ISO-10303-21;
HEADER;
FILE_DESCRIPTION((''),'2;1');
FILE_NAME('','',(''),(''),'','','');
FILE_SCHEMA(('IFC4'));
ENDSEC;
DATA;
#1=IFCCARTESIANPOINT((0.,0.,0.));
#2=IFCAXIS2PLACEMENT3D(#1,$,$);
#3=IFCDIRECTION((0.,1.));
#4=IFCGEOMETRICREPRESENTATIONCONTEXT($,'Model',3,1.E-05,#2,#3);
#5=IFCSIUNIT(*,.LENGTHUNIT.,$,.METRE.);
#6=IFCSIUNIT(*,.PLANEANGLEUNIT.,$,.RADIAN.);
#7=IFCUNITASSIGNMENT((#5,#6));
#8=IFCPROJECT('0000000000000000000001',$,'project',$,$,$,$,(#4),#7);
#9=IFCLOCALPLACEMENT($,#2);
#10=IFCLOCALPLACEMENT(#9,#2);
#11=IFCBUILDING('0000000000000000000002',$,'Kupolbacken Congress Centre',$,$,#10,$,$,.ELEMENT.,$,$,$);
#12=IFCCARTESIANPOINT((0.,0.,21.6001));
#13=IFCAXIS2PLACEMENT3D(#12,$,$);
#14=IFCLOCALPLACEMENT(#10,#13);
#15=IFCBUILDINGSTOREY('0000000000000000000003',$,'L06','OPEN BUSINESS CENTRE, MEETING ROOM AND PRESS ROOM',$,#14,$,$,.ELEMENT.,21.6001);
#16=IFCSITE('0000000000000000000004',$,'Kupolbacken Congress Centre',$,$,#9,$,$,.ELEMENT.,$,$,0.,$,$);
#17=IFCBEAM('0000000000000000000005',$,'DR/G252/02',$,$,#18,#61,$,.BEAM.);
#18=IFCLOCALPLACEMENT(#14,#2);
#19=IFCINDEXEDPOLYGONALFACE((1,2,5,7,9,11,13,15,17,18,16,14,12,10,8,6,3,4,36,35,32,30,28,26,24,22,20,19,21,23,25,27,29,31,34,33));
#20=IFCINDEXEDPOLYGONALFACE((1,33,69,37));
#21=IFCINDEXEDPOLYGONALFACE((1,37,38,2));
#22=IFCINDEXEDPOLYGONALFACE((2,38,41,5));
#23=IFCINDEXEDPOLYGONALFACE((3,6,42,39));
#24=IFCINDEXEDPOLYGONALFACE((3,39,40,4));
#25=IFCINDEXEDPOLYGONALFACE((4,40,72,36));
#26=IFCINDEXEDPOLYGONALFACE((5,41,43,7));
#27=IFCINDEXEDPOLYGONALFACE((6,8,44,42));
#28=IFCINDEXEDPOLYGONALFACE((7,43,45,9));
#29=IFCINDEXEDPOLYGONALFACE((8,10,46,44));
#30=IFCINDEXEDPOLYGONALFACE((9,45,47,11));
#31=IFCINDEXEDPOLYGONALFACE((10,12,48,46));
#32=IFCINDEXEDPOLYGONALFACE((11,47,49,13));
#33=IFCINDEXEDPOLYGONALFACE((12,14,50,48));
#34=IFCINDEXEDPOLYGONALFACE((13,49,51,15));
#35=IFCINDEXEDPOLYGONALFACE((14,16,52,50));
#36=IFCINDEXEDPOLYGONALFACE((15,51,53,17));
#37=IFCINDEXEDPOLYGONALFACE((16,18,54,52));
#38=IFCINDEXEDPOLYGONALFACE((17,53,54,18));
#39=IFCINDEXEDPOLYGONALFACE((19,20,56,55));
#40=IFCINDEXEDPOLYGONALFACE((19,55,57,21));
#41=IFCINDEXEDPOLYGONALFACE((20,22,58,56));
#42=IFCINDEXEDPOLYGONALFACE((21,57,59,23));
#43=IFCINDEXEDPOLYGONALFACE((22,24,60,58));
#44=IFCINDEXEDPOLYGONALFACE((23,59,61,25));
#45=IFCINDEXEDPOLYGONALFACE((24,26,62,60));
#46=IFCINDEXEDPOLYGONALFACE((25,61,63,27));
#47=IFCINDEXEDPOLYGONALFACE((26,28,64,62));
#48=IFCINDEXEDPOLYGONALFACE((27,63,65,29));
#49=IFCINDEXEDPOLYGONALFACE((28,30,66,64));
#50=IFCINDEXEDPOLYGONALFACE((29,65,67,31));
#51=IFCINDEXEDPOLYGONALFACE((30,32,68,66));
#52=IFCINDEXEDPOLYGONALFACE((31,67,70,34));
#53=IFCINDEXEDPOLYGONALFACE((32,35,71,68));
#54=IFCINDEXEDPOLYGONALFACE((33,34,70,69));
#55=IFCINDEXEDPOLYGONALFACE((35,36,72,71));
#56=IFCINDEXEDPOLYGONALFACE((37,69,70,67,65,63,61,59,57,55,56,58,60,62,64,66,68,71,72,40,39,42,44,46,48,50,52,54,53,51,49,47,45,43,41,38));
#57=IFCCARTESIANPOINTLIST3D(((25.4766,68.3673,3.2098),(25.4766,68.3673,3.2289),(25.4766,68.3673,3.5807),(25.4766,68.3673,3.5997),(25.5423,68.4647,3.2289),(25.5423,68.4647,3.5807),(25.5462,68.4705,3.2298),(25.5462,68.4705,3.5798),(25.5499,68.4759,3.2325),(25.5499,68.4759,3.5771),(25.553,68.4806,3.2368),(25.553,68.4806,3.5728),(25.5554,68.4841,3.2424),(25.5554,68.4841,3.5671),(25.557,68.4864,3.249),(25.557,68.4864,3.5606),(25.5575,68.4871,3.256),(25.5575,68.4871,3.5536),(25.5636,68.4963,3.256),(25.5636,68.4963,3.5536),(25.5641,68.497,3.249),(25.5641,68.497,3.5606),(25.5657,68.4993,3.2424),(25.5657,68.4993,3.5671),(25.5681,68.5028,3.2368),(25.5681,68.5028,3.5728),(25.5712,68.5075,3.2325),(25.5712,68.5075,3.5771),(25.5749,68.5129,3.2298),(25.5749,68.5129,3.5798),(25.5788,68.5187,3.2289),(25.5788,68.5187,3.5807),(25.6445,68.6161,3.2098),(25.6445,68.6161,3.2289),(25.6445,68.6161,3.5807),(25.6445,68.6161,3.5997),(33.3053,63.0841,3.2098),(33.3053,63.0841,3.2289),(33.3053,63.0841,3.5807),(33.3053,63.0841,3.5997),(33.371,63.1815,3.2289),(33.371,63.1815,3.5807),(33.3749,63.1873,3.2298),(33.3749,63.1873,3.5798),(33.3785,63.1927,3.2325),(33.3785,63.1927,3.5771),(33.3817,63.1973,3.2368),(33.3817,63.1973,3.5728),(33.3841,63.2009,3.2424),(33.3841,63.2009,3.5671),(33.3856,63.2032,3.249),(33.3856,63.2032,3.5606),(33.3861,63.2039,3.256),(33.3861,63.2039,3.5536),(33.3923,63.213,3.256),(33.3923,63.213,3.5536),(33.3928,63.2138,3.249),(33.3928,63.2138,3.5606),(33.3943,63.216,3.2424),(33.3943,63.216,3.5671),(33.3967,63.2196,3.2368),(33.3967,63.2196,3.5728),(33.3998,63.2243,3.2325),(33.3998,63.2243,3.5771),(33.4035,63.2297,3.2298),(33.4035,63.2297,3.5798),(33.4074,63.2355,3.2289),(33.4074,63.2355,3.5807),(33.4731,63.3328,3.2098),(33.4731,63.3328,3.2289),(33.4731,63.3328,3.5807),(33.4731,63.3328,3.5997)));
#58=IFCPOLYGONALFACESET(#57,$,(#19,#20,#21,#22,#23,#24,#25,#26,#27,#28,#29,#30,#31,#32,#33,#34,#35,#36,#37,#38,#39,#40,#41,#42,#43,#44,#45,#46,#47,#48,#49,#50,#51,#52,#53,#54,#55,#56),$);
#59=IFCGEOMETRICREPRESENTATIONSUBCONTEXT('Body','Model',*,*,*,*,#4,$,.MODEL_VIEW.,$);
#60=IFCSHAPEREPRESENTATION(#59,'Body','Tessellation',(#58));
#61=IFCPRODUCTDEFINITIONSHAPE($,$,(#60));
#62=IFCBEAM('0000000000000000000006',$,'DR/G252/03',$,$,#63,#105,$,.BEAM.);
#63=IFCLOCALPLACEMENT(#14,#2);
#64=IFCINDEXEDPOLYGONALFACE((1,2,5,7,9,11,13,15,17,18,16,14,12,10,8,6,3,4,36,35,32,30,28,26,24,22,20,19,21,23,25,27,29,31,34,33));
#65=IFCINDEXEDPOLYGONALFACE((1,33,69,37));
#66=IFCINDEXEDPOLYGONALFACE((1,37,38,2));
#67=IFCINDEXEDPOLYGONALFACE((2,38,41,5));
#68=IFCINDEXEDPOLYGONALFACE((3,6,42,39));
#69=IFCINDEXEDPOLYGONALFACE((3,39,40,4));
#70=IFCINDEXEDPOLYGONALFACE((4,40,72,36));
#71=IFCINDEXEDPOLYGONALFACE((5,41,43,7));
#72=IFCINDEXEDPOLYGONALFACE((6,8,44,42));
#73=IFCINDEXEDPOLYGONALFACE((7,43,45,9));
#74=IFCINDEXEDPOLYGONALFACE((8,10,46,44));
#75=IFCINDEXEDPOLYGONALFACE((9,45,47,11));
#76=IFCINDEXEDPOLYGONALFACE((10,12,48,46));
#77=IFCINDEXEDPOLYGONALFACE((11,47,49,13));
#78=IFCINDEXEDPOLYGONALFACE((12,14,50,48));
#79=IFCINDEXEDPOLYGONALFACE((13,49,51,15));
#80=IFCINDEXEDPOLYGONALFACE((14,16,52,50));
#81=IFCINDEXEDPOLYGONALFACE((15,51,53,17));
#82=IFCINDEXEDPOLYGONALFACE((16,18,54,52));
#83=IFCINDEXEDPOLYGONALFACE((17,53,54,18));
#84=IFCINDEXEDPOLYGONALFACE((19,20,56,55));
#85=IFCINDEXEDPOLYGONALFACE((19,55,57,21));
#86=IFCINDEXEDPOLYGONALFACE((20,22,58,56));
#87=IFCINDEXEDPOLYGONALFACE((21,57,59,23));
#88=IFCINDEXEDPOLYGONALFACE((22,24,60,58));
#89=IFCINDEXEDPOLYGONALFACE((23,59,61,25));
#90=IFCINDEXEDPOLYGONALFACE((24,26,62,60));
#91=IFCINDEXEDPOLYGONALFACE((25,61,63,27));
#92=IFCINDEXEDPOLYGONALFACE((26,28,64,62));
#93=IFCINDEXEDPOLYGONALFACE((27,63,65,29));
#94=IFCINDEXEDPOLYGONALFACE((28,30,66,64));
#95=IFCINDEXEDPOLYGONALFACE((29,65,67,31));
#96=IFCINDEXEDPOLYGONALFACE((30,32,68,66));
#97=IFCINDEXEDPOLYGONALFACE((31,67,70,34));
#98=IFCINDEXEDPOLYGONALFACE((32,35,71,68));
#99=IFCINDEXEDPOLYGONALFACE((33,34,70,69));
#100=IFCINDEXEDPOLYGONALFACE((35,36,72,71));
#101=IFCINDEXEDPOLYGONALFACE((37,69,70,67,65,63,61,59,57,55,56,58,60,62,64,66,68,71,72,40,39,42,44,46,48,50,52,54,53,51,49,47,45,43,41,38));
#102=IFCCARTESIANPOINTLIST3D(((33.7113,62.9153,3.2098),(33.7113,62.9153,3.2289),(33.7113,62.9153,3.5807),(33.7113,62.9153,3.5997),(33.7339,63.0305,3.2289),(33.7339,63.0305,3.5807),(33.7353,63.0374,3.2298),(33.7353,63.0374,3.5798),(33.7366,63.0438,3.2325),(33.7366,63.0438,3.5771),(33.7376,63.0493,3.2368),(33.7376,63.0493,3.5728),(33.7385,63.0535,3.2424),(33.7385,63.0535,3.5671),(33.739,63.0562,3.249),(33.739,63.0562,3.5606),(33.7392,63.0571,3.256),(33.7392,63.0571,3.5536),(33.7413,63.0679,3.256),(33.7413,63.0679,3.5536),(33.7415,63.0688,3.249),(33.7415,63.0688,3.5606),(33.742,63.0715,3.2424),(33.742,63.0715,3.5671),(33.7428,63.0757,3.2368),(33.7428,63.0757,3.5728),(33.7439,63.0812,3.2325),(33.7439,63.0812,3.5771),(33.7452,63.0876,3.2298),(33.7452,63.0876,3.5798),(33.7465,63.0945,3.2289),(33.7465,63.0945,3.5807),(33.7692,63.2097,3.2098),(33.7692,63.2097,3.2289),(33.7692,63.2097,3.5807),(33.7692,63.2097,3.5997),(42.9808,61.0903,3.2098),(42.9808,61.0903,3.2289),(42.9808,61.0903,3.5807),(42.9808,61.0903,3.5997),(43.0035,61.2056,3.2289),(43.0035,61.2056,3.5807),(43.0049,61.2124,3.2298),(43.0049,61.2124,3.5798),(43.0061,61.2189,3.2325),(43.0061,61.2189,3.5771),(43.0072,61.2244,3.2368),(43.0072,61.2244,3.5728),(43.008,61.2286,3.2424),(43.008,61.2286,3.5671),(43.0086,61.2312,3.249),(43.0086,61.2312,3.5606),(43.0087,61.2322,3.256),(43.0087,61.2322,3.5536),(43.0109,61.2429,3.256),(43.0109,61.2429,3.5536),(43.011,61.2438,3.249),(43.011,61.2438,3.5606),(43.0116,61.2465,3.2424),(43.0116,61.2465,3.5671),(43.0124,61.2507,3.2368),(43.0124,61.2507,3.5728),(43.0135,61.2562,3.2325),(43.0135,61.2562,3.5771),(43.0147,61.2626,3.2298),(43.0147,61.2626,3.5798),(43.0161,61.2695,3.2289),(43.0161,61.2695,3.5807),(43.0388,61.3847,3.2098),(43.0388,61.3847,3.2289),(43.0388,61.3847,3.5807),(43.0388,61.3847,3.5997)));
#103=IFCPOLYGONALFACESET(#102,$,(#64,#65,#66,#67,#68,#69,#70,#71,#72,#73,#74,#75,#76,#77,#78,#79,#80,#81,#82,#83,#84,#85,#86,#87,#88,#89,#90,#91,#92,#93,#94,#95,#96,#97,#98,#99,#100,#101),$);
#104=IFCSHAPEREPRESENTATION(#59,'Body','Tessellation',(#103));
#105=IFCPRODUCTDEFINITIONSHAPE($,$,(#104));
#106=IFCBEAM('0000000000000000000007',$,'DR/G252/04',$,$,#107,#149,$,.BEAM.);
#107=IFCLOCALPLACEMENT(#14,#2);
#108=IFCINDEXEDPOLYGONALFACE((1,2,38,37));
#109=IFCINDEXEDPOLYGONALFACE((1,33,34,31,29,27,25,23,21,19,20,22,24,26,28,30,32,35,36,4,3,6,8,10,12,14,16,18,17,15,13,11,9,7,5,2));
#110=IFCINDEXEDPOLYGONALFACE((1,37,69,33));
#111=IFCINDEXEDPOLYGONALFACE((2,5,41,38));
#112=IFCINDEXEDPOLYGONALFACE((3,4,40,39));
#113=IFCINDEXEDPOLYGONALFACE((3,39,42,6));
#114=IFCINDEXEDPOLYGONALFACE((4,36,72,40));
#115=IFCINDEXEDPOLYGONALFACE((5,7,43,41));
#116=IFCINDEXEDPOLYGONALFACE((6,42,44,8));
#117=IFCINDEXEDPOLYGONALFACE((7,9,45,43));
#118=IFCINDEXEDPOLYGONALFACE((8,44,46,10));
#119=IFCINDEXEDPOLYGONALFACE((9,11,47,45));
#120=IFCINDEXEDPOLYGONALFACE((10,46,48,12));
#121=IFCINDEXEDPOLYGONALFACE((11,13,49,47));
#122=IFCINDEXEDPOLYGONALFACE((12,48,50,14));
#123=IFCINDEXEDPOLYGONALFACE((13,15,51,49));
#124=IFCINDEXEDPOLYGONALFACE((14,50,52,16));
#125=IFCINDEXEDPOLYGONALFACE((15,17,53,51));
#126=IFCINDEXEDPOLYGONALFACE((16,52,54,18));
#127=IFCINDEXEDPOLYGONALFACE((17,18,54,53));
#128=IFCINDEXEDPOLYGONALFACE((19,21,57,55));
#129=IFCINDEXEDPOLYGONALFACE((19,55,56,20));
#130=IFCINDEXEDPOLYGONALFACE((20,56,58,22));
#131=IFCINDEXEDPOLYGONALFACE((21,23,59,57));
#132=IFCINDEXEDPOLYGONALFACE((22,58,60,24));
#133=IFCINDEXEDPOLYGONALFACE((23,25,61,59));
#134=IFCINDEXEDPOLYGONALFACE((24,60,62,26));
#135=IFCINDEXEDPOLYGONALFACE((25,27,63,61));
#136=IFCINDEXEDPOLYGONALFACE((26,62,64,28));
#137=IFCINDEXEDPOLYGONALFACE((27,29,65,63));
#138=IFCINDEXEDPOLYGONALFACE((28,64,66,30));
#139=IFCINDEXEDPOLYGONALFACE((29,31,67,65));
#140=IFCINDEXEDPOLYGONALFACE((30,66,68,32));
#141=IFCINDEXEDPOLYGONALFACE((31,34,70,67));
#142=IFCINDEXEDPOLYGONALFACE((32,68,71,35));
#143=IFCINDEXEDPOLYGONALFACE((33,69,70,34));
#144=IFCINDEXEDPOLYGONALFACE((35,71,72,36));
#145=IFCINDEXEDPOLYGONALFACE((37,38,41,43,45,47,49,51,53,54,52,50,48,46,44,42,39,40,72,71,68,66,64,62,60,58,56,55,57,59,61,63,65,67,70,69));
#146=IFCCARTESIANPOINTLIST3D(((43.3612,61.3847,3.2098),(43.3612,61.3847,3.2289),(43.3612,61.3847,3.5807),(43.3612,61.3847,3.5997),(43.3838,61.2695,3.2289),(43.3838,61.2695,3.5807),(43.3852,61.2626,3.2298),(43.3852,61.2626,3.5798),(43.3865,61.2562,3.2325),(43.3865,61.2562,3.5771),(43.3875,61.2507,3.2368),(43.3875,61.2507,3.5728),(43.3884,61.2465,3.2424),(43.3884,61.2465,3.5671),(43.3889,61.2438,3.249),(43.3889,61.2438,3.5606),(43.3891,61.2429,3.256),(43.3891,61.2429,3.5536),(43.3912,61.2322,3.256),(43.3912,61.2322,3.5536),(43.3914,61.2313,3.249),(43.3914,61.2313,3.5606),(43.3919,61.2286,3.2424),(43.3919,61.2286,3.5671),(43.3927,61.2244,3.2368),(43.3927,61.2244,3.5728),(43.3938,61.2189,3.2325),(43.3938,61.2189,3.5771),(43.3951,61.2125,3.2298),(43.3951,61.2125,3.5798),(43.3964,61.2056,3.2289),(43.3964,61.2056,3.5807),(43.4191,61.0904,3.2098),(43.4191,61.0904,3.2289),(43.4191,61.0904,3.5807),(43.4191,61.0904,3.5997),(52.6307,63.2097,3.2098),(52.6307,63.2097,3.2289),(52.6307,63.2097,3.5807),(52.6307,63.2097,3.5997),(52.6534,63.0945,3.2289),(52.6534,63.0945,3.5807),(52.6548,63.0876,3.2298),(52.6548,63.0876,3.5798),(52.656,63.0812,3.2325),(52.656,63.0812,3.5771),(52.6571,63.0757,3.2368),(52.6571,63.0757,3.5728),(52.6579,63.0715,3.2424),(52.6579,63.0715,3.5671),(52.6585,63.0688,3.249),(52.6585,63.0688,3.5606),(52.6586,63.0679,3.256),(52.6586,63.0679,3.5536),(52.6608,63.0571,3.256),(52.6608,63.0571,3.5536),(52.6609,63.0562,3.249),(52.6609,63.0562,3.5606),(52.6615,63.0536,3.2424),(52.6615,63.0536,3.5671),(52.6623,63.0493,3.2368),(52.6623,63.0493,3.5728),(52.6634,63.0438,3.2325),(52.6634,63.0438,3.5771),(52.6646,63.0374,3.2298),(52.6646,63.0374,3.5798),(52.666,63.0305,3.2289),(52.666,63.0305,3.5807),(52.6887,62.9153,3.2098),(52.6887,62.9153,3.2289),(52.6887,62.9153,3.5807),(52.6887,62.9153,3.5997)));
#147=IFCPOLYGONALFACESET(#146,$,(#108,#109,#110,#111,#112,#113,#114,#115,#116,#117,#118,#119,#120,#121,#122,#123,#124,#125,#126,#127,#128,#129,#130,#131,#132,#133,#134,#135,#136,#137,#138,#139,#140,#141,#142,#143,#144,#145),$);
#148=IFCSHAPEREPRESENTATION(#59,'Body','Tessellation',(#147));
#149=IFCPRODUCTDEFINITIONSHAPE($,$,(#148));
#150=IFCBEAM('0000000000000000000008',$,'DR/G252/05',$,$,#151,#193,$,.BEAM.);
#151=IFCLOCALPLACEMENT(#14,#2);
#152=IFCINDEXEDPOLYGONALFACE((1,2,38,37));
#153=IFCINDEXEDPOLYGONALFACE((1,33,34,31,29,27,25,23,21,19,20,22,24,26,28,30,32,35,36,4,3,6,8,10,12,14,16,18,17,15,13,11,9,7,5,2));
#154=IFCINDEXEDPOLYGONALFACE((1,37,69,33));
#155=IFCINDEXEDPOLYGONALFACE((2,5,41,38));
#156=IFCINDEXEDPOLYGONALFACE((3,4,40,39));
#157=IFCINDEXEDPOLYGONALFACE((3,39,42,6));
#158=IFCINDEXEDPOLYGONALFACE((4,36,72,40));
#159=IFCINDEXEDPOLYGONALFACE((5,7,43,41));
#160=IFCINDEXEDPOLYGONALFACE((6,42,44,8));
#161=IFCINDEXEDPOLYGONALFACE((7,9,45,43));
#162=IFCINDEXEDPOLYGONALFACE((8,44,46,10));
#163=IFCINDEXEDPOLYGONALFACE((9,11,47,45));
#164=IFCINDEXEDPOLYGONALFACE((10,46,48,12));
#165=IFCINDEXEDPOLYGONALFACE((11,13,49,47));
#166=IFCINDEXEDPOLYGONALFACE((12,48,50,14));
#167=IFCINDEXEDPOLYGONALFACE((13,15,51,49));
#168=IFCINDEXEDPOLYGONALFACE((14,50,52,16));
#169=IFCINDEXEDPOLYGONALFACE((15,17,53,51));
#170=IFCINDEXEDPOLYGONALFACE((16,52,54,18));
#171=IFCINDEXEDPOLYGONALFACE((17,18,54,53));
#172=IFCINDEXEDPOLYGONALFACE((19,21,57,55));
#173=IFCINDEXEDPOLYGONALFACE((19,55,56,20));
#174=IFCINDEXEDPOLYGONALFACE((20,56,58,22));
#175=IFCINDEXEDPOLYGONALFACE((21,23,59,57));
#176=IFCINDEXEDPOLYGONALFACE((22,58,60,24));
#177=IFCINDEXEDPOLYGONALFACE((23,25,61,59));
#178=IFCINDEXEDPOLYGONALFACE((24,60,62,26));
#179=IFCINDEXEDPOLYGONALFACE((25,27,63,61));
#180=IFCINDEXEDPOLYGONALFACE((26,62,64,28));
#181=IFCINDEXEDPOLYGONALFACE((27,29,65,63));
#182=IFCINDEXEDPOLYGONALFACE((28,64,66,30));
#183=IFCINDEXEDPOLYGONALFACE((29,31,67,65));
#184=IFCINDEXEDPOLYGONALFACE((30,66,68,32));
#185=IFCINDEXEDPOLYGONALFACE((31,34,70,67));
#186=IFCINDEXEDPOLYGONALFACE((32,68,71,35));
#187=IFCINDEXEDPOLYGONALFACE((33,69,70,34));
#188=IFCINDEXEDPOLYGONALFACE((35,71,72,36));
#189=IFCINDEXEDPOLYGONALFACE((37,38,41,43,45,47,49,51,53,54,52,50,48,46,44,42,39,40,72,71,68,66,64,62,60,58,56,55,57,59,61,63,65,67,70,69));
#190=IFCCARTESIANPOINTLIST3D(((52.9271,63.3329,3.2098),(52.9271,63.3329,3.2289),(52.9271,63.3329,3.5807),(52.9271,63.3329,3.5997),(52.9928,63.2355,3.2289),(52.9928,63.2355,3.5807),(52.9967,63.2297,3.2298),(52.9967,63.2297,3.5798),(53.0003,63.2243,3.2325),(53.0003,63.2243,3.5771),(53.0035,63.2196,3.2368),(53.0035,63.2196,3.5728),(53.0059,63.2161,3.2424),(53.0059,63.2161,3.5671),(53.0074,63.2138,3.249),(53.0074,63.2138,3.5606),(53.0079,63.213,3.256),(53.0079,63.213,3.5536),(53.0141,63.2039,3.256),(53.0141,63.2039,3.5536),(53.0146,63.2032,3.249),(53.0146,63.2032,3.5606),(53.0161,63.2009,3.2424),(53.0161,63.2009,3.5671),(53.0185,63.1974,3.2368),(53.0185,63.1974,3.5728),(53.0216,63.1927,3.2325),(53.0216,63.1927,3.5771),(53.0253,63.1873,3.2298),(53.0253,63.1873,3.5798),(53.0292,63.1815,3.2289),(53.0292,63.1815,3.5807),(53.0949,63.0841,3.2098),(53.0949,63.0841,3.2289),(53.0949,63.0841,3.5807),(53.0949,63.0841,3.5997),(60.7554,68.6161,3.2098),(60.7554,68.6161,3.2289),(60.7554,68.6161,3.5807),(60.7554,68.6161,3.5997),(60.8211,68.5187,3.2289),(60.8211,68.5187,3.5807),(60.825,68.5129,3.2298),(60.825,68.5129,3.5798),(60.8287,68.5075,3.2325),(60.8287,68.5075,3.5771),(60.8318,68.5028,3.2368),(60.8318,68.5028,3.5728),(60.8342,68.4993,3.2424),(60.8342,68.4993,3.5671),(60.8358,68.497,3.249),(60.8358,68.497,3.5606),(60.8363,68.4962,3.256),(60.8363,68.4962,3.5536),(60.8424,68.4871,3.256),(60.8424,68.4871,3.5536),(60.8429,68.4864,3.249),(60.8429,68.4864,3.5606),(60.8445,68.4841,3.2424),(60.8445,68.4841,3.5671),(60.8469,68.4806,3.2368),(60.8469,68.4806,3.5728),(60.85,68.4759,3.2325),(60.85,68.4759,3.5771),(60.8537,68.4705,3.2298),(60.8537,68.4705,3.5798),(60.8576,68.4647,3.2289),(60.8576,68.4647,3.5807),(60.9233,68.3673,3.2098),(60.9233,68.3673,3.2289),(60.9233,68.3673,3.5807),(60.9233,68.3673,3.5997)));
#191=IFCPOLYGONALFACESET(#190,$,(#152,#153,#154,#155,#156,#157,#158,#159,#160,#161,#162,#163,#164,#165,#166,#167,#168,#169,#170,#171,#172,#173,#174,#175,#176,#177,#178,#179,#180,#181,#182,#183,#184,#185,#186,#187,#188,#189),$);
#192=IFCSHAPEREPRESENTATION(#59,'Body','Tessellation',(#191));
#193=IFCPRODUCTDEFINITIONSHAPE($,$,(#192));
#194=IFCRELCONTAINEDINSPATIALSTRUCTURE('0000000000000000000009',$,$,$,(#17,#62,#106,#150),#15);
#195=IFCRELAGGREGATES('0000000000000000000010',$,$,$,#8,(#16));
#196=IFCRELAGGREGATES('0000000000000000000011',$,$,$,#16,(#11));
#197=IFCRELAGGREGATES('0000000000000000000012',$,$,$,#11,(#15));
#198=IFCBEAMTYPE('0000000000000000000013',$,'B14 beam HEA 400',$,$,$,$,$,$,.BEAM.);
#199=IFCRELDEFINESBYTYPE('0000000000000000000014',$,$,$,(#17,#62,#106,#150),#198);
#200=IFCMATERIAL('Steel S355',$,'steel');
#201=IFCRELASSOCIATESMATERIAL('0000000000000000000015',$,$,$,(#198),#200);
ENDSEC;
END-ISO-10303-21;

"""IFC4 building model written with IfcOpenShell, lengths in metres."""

from ifc_helpers import new_model, si_unit, direction, frame, origin, origin_2d, place, context, subcontext, project, spatial, i_section, extrude, material, material_profile, profile_set, type_object, element, save


model = new_model("IFC4")

# Units and contexts
model_context = context("Model", 3, precision=1e-05, world=origin(), true_north=direction((0.0, 1.0)))
body_context = subcontext(model_context, "Body", "Model", "MODEL_VIEW")
ifc_project = project(units=[si_unit("LENGTHUNIT", "METRE"), si_unit("PLANEANGLEUNIT", "RADIAN")], contexts=[model_context])

# Site, building, storey
site_placement = place(None, origin())
site = spatial("IfcSite", under=ifc_project, at=site_placement, Name="Kupolbacken Congress Centre", CompositionType="ELEMENT", RefElevation=0.0)
building_placement = place(site_placement, origin())
building = spatial("IfcBuilding", under=site, at=building_placement, Name="Kupolbacken Congress Centre", CompositionType="ELEMENT")
storey_placement = place(building_placement, frame((0.0, 0.0, 21.6001)))
storey = spatial("IfcBuildingStorey", under=building, at=storey_placement, Name="L06", Description="OPEN BUSINESS CENTRE, MEETING ROOM AND PRESS ROOM", CompositionType="ELEMENT", Elevation=21.6001)

# Beams
ifc_material_1 = material(Name="Steel S355", Category="steel")
ifc_material_profile_1 = material_profile(ifc_material_1, i_section(OverallWidth=0.3, OverallDepth=0.3899, WebThickness=0.011, FlangeThickness=0.019, FilletRadius=0.0271, at=origin_2d()), Name="HEA 400")
ifc_profile_set_1 = profile_set([ifc_material_profile_1], Name="Steel S355")
beam_type = type_object("IfcBeamType", Name="B14 beam HEA 400", PredefinedType="BEAM", material=ifc_profile_set_1)
for number, where, z_axis, x_axis, name in (
    (1, (25.5605, 68.4917, 3.4048), (0.828903, -0.559392, 0.0), (0.559392, 0.828903, 0.0), "DR/G252/02"),
):
    element("IfcBeam", number, at=place(storey_placement, frame(where, z_axis=z_axis, x_axis=x_axis)), inside=storey, type_object=beam_type, Name=name, PredefinedType="BEAM", context=body_context, shape_type="SweptSolid", body=[
        extrude(i_section(OverallWidth=0.3, OverallDepth=0.3899, WebThickness=0.011, FlangeThickness=0.019, FilletRadius=0.0271, at=origin_2d()), origin(), (0.0, 0.0, 1.0), 9.4446),
    ])
for number, where, z_axis, x_axis, name in (
    (2, (33.7402, 63.0625, 3.4048), (0.981166, -0.193168, 0.0), (0.193168, 0.981166, 0.0), "DR/G252/03"),
    (3, (43.3901, 61.2375, 3.4048), (0.981166, 0.193168, 0.0), (-0.193168, 0.981166, 0.0), "DR/G252/04"),
):
    element("IfcBeam", number, at=place(storey_placement, frame(where, z_axis=z_axis, x_axis=x_axis)), inside=storey, type_object=beam_type, Name=name, PredefinedType="BEAM", context=body_context, shape_type="SweptSolid", body=[
        extrude(i_section(OverallWidth=0.3, OverallDepth=0.3899, WebThickness=0.011, FlangeThickness=0.019, FilletRadius=0.0271, at=origin_2d()), origin(), (0.0, 0.0, 1.0), 9.4475),
    ])
for number, where, z_axis, x_axis, name in (
    (4, (53.011, 63.2085, 3.4048), (0.828895, 0.559404, 0.0), (-0.559404, 0.828895, 0.0), "DR/G252/05"),
):
    element("IfcBeam", number, at=place(storey_placement, frame(where, z_axis=z_axis, x_axis=x_axis)), inside=storey, type_object=beam_type, Name=name, PredefinedType="BEAM", context=body_context, shape_type="SweptSolid", body=[
        extrude(i_section(OverallWidth=0.3, OverallDepth=0.3899, WebThickness=0.011, FlangeThickness=0.019, FilletRadius=0.0271, at=origin_2d()), origin(), (0.0, 0.0, 1.0), 9.4443),
    ])

save(model, "model.ifc")
